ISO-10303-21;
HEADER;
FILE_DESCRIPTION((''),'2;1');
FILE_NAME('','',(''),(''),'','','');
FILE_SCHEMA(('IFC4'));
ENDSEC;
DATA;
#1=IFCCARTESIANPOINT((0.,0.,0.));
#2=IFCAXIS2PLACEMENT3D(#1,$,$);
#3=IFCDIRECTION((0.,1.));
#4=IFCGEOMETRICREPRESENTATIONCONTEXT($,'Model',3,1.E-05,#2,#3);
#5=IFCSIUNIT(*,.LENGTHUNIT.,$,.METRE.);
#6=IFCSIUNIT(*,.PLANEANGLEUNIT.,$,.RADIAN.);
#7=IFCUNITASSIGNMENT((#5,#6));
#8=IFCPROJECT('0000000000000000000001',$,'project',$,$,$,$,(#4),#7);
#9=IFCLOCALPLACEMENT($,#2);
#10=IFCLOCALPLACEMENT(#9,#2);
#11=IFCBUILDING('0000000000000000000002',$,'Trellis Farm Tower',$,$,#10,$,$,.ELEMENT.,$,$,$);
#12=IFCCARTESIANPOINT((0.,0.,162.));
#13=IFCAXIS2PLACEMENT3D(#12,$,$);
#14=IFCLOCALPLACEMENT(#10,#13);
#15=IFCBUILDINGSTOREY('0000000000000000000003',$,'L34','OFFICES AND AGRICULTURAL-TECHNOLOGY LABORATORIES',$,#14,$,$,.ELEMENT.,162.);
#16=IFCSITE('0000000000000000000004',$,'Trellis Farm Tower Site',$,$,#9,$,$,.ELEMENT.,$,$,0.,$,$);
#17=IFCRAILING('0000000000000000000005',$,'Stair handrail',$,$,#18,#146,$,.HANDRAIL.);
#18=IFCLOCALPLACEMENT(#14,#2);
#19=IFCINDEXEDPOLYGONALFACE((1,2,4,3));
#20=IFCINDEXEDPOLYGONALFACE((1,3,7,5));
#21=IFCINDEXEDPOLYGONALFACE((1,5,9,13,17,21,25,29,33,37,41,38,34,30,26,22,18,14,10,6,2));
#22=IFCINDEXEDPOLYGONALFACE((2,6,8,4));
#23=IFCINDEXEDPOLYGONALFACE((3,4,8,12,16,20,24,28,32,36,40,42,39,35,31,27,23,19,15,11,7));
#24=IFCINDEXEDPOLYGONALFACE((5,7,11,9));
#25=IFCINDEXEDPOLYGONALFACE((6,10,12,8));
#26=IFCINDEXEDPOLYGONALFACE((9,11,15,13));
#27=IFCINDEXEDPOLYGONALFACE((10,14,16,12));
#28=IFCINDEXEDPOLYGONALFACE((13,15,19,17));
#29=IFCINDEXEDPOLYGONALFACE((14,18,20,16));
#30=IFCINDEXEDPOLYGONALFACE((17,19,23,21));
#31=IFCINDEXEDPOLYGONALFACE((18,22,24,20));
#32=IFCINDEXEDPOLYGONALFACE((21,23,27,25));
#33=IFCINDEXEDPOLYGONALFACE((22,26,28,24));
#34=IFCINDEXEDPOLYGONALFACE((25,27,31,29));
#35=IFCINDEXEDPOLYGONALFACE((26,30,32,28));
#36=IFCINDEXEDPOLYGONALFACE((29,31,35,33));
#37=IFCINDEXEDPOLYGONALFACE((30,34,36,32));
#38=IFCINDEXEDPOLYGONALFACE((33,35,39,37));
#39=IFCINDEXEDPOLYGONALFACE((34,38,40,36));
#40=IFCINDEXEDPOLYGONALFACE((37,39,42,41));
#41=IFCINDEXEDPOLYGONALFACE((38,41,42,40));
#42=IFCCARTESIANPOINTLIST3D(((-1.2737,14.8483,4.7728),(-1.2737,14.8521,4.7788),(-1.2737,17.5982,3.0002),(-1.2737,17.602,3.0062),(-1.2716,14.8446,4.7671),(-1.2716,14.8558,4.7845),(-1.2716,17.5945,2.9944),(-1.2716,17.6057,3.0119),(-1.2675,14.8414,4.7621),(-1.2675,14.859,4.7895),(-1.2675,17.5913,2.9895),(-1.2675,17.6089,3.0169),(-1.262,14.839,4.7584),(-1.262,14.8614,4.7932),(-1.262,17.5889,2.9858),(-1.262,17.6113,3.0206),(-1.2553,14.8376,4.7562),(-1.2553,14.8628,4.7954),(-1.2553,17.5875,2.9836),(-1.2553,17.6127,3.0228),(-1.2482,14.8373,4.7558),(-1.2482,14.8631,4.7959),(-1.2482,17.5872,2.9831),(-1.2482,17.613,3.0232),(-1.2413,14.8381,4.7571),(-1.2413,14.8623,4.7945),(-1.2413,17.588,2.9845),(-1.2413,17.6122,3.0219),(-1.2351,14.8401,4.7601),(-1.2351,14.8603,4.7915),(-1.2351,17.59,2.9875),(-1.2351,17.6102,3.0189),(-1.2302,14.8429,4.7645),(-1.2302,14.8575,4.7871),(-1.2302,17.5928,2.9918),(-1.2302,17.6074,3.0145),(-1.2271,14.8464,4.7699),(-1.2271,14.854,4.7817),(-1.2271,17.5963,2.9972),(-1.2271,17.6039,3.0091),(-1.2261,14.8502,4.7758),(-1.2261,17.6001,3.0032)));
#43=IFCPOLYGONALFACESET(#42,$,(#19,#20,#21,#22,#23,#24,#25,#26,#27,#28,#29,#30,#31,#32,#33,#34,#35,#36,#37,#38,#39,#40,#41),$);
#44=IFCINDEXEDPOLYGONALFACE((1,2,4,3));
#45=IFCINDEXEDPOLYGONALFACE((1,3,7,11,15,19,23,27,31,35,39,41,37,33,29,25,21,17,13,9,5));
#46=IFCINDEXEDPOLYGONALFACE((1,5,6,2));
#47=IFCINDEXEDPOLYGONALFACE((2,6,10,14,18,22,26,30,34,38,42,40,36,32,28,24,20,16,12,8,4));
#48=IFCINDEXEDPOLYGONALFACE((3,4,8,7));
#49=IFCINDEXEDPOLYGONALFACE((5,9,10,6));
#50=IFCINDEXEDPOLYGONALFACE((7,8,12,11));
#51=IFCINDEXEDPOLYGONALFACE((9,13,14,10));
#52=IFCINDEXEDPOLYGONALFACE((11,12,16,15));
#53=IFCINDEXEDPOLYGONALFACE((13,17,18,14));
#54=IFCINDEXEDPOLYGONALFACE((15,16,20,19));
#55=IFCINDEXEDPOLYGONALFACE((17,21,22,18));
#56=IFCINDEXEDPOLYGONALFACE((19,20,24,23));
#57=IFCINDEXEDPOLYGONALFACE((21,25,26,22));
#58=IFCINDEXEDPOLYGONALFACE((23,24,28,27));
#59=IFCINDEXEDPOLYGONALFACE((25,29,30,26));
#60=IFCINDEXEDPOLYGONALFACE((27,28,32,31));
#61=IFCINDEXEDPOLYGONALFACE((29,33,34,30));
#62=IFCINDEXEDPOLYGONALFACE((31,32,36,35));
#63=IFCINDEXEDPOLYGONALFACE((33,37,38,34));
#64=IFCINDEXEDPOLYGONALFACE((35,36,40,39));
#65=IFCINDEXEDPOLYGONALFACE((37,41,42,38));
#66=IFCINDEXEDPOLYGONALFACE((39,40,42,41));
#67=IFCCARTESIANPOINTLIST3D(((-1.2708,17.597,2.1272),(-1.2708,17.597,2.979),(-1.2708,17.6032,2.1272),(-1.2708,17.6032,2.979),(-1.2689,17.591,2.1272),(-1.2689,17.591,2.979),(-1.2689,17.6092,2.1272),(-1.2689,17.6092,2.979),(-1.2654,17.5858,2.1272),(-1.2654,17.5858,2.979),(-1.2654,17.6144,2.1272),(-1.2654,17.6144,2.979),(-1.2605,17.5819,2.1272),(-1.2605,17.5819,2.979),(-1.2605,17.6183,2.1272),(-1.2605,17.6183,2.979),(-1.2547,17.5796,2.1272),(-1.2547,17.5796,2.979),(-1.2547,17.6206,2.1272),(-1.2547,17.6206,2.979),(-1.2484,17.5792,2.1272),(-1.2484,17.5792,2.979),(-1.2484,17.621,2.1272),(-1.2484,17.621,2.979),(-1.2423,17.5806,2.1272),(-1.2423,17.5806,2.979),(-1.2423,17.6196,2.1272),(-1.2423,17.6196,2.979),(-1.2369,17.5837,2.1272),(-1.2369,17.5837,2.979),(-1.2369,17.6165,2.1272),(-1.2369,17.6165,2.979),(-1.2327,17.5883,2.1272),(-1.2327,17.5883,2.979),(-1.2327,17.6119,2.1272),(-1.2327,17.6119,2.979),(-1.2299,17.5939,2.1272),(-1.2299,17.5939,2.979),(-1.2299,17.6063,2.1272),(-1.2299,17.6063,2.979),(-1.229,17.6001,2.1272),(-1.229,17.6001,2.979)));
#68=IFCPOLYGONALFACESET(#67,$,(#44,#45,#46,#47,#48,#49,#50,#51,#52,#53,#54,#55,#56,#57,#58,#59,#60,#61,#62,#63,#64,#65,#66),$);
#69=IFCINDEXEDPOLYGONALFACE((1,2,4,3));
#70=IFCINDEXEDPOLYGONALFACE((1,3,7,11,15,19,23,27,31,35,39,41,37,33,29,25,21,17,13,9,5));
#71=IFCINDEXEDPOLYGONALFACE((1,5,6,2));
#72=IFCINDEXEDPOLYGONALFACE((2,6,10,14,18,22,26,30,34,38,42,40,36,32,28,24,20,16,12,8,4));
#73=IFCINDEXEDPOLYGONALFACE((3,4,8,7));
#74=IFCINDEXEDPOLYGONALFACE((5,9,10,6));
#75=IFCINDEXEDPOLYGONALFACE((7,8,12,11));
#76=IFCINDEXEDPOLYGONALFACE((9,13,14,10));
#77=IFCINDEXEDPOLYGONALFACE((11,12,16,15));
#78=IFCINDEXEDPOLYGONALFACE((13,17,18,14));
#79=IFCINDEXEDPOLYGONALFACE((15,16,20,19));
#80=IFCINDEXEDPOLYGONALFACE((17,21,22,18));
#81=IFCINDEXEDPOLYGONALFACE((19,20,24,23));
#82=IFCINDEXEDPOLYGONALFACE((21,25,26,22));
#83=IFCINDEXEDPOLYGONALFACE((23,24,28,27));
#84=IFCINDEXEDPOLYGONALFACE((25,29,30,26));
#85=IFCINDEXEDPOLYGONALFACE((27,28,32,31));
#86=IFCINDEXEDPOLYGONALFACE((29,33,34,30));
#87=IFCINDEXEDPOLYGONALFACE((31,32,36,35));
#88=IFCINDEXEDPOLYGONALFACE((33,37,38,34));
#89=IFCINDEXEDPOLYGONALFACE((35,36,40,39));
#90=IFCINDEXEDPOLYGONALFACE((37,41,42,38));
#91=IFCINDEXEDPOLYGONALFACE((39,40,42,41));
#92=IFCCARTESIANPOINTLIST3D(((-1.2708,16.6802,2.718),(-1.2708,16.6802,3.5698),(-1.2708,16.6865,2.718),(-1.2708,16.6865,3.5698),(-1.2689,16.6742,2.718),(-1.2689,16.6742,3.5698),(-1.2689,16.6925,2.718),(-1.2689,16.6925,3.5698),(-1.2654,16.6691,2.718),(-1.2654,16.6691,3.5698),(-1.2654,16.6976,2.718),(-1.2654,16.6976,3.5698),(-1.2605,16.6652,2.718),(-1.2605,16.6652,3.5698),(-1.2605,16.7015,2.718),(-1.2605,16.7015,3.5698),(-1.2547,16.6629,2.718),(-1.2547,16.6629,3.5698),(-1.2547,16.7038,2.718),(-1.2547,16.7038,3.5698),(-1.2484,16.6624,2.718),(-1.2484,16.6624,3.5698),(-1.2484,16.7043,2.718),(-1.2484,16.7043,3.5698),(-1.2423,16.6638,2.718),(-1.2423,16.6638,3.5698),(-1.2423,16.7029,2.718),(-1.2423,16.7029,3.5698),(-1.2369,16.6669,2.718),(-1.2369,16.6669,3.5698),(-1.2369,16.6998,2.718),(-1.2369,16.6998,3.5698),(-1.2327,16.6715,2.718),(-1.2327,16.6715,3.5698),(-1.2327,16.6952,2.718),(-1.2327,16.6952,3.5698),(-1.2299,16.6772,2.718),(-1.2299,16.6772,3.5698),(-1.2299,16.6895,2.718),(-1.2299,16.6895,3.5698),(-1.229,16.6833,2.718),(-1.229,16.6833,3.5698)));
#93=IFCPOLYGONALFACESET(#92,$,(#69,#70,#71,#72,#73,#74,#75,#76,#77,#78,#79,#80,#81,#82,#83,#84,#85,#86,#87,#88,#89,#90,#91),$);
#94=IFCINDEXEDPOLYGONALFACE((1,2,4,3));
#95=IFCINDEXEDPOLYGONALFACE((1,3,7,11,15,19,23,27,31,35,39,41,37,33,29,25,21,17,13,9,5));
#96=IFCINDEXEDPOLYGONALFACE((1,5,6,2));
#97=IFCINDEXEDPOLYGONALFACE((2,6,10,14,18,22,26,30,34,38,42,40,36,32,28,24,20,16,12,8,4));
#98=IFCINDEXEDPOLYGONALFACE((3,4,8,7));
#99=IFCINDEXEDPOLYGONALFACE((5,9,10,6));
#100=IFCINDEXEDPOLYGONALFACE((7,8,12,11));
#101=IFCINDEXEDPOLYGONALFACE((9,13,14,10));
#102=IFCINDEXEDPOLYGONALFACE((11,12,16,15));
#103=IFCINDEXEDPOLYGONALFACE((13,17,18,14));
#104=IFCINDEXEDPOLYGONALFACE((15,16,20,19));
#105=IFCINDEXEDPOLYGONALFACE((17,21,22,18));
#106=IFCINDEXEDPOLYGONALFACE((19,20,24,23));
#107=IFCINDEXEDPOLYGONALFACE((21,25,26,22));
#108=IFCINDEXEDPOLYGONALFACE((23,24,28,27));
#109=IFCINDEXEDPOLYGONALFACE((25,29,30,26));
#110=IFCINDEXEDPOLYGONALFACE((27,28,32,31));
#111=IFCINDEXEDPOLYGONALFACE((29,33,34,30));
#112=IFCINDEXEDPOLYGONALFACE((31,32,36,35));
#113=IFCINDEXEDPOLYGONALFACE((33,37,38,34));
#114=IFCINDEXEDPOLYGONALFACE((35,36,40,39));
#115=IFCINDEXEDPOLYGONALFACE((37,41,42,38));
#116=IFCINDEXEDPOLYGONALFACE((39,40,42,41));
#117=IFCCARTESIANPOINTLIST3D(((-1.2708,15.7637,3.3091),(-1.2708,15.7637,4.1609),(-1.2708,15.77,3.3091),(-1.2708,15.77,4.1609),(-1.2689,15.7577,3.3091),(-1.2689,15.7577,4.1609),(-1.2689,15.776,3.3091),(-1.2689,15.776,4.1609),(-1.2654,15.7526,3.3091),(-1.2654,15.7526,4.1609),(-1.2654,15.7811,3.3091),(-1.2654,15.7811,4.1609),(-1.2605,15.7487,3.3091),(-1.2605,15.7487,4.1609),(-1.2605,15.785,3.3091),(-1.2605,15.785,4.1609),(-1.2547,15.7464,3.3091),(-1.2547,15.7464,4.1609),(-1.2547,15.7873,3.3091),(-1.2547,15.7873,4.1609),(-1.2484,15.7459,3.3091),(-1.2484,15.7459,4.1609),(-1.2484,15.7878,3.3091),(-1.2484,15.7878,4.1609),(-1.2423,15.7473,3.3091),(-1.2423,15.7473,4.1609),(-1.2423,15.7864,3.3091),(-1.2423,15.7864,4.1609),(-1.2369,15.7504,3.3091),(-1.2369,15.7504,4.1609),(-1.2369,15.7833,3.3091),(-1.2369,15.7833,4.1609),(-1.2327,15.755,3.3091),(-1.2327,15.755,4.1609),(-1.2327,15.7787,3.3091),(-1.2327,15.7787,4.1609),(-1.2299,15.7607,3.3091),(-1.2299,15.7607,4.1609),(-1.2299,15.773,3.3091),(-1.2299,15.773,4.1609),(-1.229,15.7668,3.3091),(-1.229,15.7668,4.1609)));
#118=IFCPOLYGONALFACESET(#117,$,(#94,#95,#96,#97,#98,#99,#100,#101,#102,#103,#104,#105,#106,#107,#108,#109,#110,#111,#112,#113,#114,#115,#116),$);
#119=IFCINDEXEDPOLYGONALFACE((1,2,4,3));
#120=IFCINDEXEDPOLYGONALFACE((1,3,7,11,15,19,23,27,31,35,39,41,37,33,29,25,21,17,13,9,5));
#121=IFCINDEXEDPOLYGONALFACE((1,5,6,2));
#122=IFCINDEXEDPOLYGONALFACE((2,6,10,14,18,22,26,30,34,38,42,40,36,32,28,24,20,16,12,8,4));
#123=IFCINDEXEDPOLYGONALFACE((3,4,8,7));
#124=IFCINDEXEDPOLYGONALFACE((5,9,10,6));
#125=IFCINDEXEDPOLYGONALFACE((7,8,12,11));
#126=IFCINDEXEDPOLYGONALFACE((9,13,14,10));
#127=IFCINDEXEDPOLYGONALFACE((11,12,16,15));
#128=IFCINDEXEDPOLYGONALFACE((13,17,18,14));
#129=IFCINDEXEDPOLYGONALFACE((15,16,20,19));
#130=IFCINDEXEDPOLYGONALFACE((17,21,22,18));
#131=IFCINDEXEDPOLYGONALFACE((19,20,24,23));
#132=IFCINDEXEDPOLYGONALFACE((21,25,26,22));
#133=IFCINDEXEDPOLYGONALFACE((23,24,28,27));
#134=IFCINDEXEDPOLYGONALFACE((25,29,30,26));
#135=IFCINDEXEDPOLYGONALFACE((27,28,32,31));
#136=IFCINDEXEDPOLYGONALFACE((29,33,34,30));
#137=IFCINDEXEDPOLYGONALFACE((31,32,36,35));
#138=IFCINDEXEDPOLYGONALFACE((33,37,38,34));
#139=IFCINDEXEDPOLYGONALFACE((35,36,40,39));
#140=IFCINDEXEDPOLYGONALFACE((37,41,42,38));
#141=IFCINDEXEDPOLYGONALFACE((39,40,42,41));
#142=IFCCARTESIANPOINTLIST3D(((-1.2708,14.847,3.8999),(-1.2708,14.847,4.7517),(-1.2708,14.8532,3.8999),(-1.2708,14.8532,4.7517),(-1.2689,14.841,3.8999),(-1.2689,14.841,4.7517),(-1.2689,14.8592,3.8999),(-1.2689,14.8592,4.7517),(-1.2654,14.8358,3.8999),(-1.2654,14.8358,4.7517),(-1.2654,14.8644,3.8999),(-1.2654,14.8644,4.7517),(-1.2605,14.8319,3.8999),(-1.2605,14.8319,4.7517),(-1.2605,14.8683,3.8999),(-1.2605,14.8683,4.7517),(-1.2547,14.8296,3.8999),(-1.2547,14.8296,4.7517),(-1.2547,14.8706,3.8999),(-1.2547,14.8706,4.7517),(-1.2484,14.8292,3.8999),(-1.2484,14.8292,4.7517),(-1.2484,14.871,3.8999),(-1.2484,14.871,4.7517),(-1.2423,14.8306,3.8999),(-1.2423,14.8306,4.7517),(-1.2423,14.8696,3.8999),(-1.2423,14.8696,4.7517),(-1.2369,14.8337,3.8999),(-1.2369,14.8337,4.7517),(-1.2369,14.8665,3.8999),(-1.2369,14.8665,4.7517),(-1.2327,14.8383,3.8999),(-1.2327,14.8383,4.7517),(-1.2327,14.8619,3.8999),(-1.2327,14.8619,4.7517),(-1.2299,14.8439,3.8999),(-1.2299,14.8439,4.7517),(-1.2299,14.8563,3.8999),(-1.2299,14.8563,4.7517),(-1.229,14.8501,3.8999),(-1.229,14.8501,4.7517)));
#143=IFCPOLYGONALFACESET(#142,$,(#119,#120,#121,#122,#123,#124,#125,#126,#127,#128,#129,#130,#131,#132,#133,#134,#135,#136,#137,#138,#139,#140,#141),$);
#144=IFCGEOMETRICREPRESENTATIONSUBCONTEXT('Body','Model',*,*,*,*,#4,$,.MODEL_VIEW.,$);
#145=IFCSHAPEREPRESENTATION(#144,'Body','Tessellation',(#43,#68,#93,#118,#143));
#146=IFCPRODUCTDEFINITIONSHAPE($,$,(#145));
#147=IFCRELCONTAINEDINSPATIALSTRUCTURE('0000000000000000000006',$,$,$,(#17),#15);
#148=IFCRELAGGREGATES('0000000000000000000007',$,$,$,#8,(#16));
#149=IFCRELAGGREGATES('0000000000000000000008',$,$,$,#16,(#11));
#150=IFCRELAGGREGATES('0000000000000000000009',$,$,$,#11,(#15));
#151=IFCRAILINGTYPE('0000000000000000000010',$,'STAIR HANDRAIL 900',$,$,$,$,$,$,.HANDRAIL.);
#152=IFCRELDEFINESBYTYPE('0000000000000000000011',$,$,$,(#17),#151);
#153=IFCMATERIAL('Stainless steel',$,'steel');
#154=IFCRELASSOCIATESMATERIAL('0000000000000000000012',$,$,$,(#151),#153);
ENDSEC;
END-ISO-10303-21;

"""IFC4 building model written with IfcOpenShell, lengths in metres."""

from ifc_helpers import new_model, si_unit, direction, frame, origin, origin_2d, place, context, subcontext, project, spatial, circle, extrude, source, transform, mapped, material, type_object, element, save


model = new_model("IFC4")

# Units and contexts
model_context = context("Model", 3, precision=1e-05, world=origin(), true_north=direction((0.0, 1.0)))
body_context = subcontext(model_context, "Body", "Model", "MODEL_VIEW")
ifc_project = project(units=[si_unit("LENGTHUNIT", "METRE"), si_unit("PLANEANGLEUNIT", "RADIAN")], contexts=[model_context])

# Site, building, storey
site_placement = place(None, origin())
site = spatial("IfcSite", under=ifc_project, at=site_placement, Name="Trellis Farm Tower Site", CompositionType="ELEMENT", RefElevation=0.0)
building_placement = place(site_placement, origin())
building = spatial("IfcBuilding", under=site, at=building_placement, Name="Trellis Farm Tower", CompositionType="ELEMENT")
storey_placement = place(building_placement, frame((0.0, 0.0, 162.0)))
storey = spatial("IfcBuildingStorey", under=building, at=storey_placement, Name="L34", Description="OFFICES AND AGRICULTURAL-TECHNOLOGY LABORATORIES", CompositionType="ELEMENT", Elevation=162.0)

# Railing
ifc_material_1 = material(Name="Stainless steel", Category="steel")
railing_type = type_object("IfcRailingType", Name="STAIR HANDRAIL 900", PredefinedType="HANDRAIL", material=ifc_material_1)
shared_shape_1 = source(origin(), body_context, "Body", "SweptSolid", [
    extrude(circle(Radius=0.0239, at=origin_2d()), frame((0.0, 0.0, 0.876), z_axis=(0.0, -0.840504, 0.541806), x_axis=(1.0, 0.0, 0.0)), (0.0, 0.0, 1.0), 3.2717),
    extrude(circle(Radius=0.021, at=origin_2d()), origin(), (0.0, 0.0, 1.0), 0.8518),
    extrude(circle(Radius=0.021, at=origin_2d()), frame((0.0, -0.9167, 0.5908)), (0.0, 0.0, 1.0), 0.8518),
    extrude(circle(Radius=0.021, at=origin_2d()), frame((0.0, -1.8333, 1.1819)), (0.0, 0.0, 1.0), 0.8518),
    extrude(circle(Radius=0.021, at=origin_2d()), frame((0.0, -2.75, 1.7727)), (0.0, 0.0, 1.0), 0.8518),
])
railing_placement = place(storey_placement, frame((-1.25, 17.6001, 2.1272)))
element("IfcRailing", 1, at=railing_placement, inside=storey, type_object=railing_type, Name="Stair handrail", PredefinedType="HANDRAIL", context=body_context, shape_type="MappedRepresentation", body=[
    mapped(shared_shape_1, transform((0.0, 0.0, 0.0))),
])

save(model, "model.ifc")
